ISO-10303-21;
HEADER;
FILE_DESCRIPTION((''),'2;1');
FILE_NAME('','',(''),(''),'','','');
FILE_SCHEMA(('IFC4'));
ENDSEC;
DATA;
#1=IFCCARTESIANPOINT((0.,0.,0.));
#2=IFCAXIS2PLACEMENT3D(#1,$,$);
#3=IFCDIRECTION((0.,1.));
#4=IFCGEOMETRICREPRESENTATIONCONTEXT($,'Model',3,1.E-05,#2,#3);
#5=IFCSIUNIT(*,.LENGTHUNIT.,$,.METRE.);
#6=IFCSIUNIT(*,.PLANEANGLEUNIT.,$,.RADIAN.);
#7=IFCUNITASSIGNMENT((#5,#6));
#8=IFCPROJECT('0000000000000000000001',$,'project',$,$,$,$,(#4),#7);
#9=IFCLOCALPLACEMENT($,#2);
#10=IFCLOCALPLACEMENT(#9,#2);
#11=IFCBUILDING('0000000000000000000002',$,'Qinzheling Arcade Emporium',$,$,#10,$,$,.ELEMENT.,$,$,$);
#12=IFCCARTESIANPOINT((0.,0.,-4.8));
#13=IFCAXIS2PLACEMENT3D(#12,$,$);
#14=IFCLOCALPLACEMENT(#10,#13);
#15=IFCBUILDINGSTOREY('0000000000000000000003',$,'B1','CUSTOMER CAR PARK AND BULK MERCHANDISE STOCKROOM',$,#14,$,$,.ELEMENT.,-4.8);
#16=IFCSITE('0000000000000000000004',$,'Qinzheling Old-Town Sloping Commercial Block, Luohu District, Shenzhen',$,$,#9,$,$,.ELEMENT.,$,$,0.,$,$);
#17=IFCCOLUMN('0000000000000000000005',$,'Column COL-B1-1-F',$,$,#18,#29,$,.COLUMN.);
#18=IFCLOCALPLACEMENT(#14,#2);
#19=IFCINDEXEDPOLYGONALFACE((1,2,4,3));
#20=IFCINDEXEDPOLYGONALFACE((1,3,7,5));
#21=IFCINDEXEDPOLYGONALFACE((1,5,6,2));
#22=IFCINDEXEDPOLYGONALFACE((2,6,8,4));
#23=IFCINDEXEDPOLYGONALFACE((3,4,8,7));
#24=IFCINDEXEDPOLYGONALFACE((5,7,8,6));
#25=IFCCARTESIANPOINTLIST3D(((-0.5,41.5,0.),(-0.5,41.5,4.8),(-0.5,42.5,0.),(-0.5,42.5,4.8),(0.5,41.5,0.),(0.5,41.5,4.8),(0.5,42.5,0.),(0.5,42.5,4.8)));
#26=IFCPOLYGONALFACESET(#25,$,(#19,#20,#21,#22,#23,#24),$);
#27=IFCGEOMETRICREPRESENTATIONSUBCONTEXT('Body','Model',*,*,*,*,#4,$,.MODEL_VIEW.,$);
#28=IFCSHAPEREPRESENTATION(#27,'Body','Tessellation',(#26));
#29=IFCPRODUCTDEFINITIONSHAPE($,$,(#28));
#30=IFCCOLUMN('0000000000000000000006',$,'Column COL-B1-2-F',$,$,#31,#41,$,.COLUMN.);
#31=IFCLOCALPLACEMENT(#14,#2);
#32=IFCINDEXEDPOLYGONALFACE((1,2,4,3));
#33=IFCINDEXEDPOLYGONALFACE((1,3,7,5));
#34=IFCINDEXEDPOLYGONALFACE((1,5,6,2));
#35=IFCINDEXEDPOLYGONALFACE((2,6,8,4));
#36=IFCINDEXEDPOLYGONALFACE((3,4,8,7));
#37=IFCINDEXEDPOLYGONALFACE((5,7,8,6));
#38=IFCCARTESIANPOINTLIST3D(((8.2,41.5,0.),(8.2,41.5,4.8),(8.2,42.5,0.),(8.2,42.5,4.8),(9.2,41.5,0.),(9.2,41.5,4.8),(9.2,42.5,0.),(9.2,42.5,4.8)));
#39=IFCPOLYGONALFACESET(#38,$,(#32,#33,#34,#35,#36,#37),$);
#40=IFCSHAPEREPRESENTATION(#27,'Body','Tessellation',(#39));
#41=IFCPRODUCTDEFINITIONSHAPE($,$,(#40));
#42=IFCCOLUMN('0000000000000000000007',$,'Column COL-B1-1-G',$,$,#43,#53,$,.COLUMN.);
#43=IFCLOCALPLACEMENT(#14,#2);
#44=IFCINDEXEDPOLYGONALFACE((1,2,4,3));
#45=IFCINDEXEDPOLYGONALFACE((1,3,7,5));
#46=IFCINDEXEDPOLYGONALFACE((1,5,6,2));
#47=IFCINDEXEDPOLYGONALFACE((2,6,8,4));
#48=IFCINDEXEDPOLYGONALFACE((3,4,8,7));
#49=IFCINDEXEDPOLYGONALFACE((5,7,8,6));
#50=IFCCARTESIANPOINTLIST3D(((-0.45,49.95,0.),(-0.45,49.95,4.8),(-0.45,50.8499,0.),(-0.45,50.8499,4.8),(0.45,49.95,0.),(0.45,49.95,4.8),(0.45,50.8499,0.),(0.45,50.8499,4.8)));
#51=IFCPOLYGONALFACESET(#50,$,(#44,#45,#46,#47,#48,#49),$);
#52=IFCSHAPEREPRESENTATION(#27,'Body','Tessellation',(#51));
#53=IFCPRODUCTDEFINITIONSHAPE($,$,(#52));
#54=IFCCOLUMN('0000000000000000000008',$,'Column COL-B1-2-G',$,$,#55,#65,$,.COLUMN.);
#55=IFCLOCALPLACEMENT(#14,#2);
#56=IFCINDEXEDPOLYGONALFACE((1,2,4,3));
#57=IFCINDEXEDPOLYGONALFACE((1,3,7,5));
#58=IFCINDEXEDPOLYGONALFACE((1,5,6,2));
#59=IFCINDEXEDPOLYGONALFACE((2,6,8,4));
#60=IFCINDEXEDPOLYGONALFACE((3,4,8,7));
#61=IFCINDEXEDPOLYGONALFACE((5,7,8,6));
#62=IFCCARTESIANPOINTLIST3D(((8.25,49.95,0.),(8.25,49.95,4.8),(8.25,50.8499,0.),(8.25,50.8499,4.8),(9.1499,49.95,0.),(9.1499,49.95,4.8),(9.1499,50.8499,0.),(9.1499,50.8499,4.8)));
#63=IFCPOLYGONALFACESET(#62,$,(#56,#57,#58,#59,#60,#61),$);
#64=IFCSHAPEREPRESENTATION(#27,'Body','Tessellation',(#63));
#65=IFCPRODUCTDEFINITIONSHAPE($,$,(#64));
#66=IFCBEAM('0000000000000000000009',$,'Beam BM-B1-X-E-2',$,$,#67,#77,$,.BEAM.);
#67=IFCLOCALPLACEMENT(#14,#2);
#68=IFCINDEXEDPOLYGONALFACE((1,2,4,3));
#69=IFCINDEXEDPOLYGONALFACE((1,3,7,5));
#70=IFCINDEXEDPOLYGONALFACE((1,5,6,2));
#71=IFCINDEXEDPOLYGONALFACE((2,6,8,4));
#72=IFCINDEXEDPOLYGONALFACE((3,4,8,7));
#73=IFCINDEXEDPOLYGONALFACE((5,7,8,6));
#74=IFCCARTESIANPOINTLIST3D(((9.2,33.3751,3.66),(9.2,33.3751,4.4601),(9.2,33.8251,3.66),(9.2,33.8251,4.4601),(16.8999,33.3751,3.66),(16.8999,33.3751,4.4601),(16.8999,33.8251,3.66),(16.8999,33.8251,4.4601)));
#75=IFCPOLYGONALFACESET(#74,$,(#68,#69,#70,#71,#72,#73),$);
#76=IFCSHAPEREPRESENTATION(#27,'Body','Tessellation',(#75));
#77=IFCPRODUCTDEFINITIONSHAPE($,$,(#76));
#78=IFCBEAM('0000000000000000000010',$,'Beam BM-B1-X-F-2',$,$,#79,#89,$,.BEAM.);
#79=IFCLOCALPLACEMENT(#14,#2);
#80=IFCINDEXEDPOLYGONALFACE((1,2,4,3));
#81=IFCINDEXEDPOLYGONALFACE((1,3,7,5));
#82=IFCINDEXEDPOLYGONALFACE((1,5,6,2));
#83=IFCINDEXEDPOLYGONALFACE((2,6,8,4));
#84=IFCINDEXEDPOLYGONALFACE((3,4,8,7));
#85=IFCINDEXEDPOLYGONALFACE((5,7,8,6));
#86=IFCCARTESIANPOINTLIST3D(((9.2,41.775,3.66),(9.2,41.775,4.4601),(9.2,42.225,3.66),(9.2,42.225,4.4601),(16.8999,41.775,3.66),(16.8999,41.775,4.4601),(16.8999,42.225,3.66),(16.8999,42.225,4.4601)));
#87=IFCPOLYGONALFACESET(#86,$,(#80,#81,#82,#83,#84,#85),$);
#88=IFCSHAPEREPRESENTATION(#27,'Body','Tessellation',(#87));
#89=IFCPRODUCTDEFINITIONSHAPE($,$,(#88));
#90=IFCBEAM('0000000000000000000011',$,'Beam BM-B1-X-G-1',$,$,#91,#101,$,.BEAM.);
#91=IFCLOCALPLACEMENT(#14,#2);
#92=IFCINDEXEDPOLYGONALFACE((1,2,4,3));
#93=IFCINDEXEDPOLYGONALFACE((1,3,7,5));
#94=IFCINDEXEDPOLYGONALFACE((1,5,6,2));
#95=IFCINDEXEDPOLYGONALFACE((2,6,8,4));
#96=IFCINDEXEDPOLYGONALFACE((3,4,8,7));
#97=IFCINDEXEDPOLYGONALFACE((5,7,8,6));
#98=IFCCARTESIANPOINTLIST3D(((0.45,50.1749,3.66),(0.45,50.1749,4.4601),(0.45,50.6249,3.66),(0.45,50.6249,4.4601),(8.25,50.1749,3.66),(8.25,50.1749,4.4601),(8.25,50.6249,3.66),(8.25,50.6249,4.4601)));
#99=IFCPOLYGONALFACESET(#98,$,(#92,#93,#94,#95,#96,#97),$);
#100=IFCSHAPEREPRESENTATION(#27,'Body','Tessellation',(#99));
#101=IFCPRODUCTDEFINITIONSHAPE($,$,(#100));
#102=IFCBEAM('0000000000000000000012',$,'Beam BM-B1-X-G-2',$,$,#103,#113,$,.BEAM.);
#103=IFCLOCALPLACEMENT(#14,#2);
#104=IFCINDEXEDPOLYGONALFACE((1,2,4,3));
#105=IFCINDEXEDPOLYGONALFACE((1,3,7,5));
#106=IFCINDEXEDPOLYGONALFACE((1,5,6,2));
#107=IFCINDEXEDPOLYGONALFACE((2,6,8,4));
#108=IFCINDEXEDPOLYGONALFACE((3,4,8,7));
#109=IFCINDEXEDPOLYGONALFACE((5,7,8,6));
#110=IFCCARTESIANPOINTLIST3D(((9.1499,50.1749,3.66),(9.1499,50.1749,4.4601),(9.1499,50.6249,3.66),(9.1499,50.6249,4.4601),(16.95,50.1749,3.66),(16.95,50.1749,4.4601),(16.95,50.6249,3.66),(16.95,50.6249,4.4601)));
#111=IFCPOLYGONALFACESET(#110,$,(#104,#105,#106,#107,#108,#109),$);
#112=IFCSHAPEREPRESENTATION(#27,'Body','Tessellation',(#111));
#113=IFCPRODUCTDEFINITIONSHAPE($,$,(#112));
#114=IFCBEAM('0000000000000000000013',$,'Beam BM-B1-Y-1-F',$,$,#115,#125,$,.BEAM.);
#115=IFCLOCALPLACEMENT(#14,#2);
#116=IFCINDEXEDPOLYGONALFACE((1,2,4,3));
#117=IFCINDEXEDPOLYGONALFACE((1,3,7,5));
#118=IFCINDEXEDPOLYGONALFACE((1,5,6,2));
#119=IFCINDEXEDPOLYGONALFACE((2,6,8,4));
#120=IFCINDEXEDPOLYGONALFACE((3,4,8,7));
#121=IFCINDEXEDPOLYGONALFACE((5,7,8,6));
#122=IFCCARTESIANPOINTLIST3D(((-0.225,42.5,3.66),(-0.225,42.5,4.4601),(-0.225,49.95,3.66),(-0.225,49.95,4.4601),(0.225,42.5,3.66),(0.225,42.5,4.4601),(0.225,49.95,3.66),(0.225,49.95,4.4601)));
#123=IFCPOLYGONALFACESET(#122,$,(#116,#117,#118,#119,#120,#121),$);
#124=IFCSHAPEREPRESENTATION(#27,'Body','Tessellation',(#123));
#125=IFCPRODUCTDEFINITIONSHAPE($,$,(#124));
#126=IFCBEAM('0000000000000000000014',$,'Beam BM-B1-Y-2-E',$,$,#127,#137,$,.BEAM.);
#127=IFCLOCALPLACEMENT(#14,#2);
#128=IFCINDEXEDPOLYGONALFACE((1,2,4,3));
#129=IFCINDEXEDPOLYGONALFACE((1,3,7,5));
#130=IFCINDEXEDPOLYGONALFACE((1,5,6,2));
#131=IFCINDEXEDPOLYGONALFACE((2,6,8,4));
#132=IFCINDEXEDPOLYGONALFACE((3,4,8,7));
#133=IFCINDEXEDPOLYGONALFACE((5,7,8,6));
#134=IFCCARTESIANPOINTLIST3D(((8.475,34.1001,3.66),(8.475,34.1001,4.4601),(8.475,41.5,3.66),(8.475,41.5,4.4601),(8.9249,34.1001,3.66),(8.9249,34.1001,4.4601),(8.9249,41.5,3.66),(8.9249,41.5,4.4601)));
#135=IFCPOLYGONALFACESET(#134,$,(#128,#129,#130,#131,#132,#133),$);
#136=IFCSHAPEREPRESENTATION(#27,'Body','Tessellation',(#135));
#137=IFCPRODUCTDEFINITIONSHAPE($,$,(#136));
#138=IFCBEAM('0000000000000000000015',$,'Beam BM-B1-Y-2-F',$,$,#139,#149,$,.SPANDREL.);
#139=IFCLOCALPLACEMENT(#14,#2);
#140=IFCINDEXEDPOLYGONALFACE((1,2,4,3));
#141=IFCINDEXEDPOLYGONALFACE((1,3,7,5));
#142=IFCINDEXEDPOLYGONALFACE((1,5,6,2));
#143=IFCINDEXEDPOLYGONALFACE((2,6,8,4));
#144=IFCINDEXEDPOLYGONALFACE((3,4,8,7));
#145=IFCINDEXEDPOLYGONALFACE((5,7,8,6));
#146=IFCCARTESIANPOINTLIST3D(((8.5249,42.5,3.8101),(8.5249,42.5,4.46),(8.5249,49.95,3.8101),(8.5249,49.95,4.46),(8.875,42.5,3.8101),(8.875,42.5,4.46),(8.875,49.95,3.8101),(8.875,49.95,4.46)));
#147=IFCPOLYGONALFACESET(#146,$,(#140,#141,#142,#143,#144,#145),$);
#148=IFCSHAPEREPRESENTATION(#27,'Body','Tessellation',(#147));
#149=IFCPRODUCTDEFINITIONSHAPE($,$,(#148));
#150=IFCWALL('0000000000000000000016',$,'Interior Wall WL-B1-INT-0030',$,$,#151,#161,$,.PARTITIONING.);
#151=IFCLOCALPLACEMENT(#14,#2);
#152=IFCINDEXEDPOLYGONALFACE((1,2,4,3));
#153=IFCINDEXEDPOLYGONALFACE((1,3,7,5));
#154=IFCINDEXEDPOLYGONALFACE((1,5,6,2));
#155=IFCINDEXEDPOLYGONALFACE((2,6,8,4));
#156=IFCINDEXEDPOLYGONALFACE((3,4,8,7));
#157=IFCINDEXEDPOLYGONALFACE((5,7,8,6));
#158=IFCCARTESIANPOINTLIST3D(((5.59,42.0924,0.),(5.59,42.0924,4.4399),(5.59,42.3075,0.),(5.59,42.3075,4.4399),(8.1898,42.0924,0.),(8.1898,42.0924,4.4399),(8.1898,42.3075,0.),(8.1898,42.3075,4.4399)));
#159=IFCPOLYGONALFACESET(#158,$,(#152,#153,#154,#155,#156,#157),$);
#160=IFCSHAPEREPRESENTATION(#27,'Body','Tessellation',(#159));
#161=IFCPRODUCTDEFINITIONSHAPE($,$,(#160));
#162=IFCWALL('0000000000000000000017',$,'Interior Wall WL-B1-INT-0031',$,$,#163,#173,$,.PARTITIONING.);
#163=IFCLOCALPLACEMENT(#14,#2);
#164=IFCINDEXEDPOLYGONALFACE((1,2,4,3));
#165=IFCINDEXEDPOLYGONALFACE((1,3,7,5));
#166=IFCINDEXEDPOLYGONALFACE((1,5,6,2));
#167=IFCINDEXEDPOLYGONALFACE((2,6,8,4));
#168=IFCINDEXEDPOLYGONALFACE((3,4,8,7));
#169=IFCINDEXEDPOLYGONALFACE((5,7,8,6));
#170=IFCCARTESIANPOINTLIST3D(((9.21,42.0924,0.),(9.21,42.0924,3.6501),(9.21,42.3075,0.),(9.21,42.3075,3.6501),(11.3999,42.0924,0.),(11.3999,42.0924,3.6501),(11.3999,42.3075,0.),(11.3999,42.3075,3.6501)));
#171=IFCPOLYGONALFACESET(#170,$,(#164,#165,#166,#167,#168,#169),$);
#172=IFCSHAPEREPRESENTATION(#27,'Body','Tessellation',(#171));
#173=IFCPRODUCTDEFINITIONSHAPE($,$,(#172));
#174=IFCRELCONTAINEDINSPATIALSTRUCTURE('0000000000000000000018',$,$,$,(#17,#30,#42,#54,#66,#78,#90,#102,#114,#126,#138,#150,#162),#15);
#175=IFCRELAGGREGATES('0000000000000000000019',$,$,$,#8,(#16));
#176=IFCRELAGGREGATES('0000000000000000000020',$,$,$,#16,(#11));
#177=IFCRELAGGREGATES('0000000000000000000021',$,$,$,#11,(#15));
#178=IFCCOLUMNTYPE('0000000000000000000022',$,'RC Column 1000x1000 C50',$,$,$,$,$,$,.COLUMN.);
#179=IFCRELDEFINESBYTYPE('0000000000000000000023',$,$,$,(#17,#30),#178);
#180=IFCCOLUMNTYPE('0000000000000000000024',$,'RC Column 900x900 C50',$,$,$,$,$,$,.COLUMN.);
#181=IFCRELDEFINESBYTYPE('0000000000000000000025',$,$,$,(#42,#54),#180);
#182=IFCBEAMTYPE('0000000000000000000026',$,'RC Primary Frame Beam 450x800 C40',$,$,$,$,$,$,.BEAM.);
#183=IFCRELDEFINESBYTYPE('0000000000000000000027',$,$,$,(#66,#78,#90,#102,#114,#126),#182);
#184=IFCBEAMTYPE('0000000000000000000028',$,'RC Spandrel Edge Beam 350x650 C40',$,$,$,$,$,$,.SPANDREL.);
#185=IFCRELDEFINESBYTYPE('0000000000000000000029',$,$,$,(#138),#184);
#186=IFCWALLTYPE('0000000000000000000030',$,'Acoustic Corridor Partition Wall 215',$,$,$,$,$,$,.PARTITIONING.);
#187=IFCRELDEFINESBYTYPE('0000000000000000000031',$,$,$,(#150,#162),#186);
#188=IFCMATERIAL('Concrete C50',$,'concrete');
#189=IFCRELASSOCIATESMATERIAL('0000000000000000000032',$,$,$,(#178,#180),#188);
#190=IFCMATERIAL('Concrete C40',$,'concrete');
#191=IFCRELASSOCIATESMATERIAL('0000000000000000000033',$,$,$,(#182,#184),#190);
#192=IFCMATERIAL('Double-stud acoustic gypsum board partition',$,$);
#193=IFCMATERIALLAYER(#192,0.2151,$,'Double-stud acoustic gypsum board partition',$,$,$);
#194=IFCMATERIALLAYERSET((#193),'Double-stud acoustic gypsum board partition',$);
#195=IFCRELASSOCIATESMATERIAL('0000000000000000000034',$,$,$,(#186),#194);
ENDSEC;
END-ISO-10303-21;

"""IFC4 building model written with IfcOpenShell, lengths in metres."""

from ifc_helpers import new_model, si_unit, direction, frame, frame_2d, origin, origin_2d, place, context, subcontext, project, spatial, rectangle, extrude, material, layer, layer_set, material_profile, profile_set, type_object, element, save


model = new_model("IFC4")

# Units and contexts
model_context = context("Model", 3, precision=1e-05, world=origin(), true_north=direction((0.0, 1.0)))
body_context = subcontext(model_context, "Body", "Model", "MODEL_VIEW")
ifc_project = project(units=[si_unit("LENGTHUNIT", "METRE"), si_unit("PLANEANGLEUNIT", "RADIAN")], contexts=[model_context])

# Site, building, storey
site_placement = place(None, origin())
site = spatial("IfcSite", under=ifc_project, at=site_placement, Name="Qinzheling Old-Town Sloping Commercial Block, Luohu District, Shenzhen", CompositionType="ELEMENT", RefElevation=0.0)
building_placement = place(site_placement, origin())
building = spatial("IfcBuilding", under=site, at=building_placement, Name="Qinzheling Arcade Emporium", CompositionType="ELEMENT")
storey_placement = place(building_placement, frame((0.0, 0.0, -4.8)))
storey = spatial("IfcBuildingStorey", under=building, at=storey_placement, Name="B1", Description="CUSTOMER CAR PARK AND BULK MERCHANDISE STOCKROOM", CompositionType="ELEMENT", Elevation=-4.8)

# Columns
ifc_material_1 = material(Name="Concrete C50", Category="concrete")
ifc_material_profile_1 = material_profile(ifc_material_1, rectangle(XDim=1.0, YDim=1.0, at=origin_2d()), Name="RC 1000x1000", Category="concrete")
ifc_profile_set_1 = profile_set([ifc_material_profile_1], Name="Concrete C50")
column_type_1 = type_object("IfcColumnType", Name="RC Column 1000x1000 C50", PredefinedType="COLUMN", material=ifc_profile_set_1)
for number, where, z_axis, x_axis, name in (
    (1, (0.0, 42.0, 0.0), (0.0, 0.0, 1.0), (1.0, 0.0, 0.0), "Column COL-B1-1-F"),
    (2, (8.7, 42.0, 0.0), (0.0, 0.0, 1.0), (1.0, 0.0, 0.0), "Column COL-B1-2-F"),
):
    element("IfcColumn", number, at=place(storey_placement, frame(where, z_axis=z_axis, x_axis=x_axis)), inside=storey, type_object=column_type_1, Name=name, PredefinedType="COLUMN", context=body_context, shape_type="SweptSolid", body=[
        extrude(rectangle(XDim=1.0, YDim=1.0, at=origin_2d()), origin(), (0.0, 0.0, 1.0), 4.8),
    ])
ifc_material_profile_2 = material_profile(ifc_material_1, rectangle(XDim=0.8999, YDim=0.8999, at=origin_2d()), Name="RC 900x900", Category="concrete")
ifc_profile_set_2 = profile_set([ifc_material_profile_2], Name="Concrete C50")
column_type_2 = type_object("IfcColumnType", Name="RC Column 900x900 C50", PredefinedType="COLUMN", material=ifc_profile_set_2)
for number, where, z_axis, x_axis, name in (
    (3, (0.0, 50.3999, 0.0), (0.0, 0.0, 1.0), (1.0, 0.0, 0.0), "Column COL-B1-1-G"),
    (4, (8.7, 50.3999, 0.0), (0.0, 0.0, 1.0), (1.0, 0.0, 0.0), "Column COL-B1-2-G"),
):
    element("IfcColumn", number, at=place(storey_placement, frame(where, z_axis=z_axis, x_axis=x_axis)), inside=storey, type_object=column_type_2, Name=name, PredefinedType="COLUMN", context=body_context, shape_type="SweptSolid", body=[
        extrude(rectangle(XDim=0.8999, YDim=0.8999, at=origin_2d()), origin(), (0.0, 0.0, 1.0), 4.8),
    ])

# Beams
ifc_material_2 = material(Name="Concrete C40", Category="concrete")
ifc_material_profile_3 = material_profile(ifc_material_2, rectangle(XDim=0.45, YDim=0.8, at=origin_2d()), Name="RC 450x800", Category="concrete")
ifc_profile_set_3 = profile_set([ifc_material_profile_3], Name="Concrete C40")
beam_type_1 = type_object("IfcBeamType", Name="RC Primary Frame Beam 450x800 C40", PredefinedType="BEAM", material=ifc_profile_set_3)
for number, where, z_axis, x_axis, name in (
    (5, (9.2, 33.6001, 4.0601), (1.0, 0.0, 0.0), (0.0, 1.0, 0.0), "Beam BM-B1-X-E-2"),
    (6, (9.2, 42.0, 4.0601), (1.0, 0.0, 0.0), (0.0, 1.0, 0.0), "Beam BM-B1-X-F-2"),
):
    element("IfcBeam", number, at=place(storey_placement, frame(where, z_axis=z_axis, x_axis=x_axis)), inside=storey, type_object=beam_type_1, Name=name, PredefinedType="BEAM", context=body_context, shape_type="SweptSolid", body=[
        extrude(rectangle(XDim=0.45, YDim=0.8, at=origin_2d()), origin(), (0.0, 0.0, 1.0), 7.7),
    ])
for number, where, z_axis, x_axis, name in (
    (7, (0.45, 50.3999, 4.0601), (1.0, 0.0, 0.0), (0.0, 1.0, 0.0), "Beam BM-B1-X-G-1"),
    (8, (9.1499, 50.3999, 4.0601), (1.0, 0.0, 0.0), (0.0, 1.0, 0.0), "Beam BM-B1-X-G-2"),
):
    element("IfcBeam", number, at=place(storey_placement, frame(where, z_axis=z_axis, x_axis=x_axis)), inside=storey, type_object=beam_type_1, Name=name, PredefinedType="BEAM", context=body_context, shape_type="SweptSolid", body=[
        extrude(rectangle(XDim=0.45, YDim=0.8, at=origin_2d()), origin(), (0.0, 0.0, 1.0), 7.8),
    ])
beam_1_placement = place(storey_placement, frame((0.0, 42.5, 4.0601), z_axis=(0.0, 1.0, 0.0), x_axis=(-1.0, 0.0, 0.0)))
element("IfcBeam", 9, at=beam_1_placement, inside=storey, type_object=beam_type_1, Name="Beam BM-B1-Y-1-F", PredefinedType="BEAM", context=body_context, shape_type="SweptSolid", body=[
    extrude(rectangle(XDim=0.45, YDim=0.8, at=origin_2d()), origin(), (0.0, 0.0, 1.0), 7.45),
])
beam_2_placement = place(storey_placement, frame((8.7, 34.1001, 4.0601), z_axis=(0.0, 1.0, 0.0), x_axis=(-1.0, 0.0, 0.0)))
element("IfcBeam", 10, at=beam_2_placement, inside=storey, type_object=beam_type_1, Name="Beam BM-B1-Y-2-E", PredefinedType="BEAM", context=body_context, shape_type="SweptSolid", body=[
    extrude(rectangle(XDim=0.45, YDim=0.8, at=origin_2d()), origin(), (0.0, 0.0, 1.0), 7.3999),
])
ifc_material_profile_4 = material_profile(ifc_material_2, rectangle(XDim=0.3501, YDim=0.6499, at=origin_2d()), Name="RC 350x650", Category="concrete")
ifc_profile_set_4 = profile_set([ifc_material_profile_4], Name="Concrete C40")
beam_type_2 = type_object("IfcBeamType", Name="RC Spandrel Edge Beam 350x650 C40", PredefinedType="SPANDREL", material=ifc_profile_set_4)
beam_3_placement = place(storey_placement, frame((8.7, 42.5, 4.135), z_axis=(0.0, 1.0, 0.0), x_axis=(-1.0, 0.0, 0.0)))
element("IfcBeam", 11, at=beam_3_placement, inside=storey, type_object=beam_type_2, Name="Beam BM-B1-Y-2-F", PredefinedType="SPANDREL", context=body_context, shape_type="SweptSolid", body=[
    extrude(rectangle(XDim=0.3501, YDim=0.6499, at=origin_2d()), origin(), (0.0, 0.0, 1.0), 7.45),
])

# Walls
ifc_material_3 = material(Name="Double-stud acoustic gypsum board partition")
ifc_layer_1 = layer(ifc_material_3, 0.2151, Name="Double-stud acoustic gypsum board partition")
ifc_layer_set_1 = layer_set([ifc_layer_1], Name="Double-stud acoustic gypsum board partition")
wall_type_1 = type_object("IfcWallType", Name="Acoustic Corridor Partition Wall 215", PredefinedType="PARTITIONING", material=ifc_layer_set_1)
wall_1_placement = place(storey_placement, frame((5.5901, 42.2, 0.0), z_axis=(0.0, 0.0, 1.0), x_axis=(1.0, 0.0, 0.0)))
element("IfcWall", 12, at=wall_1_placement, inside=storey, type_object=wall_type_1, Name="Interior Wall WL-B1-INT-0030", PredefinedType="PARTITIONING", context=body_context, shape_type="SweptSolid", body=[
    extrude(rectangle(XDim=2.5999, YDim=0.2151, at=frame_2d((1.2998, 0.0))), origin(), (0.0, 0.0, 1.0), 4.4399),
])
wall_2_placement = place(storey_placement, frame((9.21, 42.2, 0.0), z_axis=(0.0, 0.0, 1.0), x_axis=(1.0, 0.0, 0.0)))
element("IfcWall", 13, at=wall_2_placement, inside=storey, type_object=wall_type_1, Name="Interior Wall WL-B1-INT-0031", PredefinedType="PARTITIONING", context=body_context, shape_type="SweptSolid", body=[
    extrude(rectangle(XDim=2.1899, YDim=0.2151, at=frame_2d((1.095, 0.0))), origin(), (0.0, 0.0, 1.0), 3.6501),
])

save(model, "model.ifc")
